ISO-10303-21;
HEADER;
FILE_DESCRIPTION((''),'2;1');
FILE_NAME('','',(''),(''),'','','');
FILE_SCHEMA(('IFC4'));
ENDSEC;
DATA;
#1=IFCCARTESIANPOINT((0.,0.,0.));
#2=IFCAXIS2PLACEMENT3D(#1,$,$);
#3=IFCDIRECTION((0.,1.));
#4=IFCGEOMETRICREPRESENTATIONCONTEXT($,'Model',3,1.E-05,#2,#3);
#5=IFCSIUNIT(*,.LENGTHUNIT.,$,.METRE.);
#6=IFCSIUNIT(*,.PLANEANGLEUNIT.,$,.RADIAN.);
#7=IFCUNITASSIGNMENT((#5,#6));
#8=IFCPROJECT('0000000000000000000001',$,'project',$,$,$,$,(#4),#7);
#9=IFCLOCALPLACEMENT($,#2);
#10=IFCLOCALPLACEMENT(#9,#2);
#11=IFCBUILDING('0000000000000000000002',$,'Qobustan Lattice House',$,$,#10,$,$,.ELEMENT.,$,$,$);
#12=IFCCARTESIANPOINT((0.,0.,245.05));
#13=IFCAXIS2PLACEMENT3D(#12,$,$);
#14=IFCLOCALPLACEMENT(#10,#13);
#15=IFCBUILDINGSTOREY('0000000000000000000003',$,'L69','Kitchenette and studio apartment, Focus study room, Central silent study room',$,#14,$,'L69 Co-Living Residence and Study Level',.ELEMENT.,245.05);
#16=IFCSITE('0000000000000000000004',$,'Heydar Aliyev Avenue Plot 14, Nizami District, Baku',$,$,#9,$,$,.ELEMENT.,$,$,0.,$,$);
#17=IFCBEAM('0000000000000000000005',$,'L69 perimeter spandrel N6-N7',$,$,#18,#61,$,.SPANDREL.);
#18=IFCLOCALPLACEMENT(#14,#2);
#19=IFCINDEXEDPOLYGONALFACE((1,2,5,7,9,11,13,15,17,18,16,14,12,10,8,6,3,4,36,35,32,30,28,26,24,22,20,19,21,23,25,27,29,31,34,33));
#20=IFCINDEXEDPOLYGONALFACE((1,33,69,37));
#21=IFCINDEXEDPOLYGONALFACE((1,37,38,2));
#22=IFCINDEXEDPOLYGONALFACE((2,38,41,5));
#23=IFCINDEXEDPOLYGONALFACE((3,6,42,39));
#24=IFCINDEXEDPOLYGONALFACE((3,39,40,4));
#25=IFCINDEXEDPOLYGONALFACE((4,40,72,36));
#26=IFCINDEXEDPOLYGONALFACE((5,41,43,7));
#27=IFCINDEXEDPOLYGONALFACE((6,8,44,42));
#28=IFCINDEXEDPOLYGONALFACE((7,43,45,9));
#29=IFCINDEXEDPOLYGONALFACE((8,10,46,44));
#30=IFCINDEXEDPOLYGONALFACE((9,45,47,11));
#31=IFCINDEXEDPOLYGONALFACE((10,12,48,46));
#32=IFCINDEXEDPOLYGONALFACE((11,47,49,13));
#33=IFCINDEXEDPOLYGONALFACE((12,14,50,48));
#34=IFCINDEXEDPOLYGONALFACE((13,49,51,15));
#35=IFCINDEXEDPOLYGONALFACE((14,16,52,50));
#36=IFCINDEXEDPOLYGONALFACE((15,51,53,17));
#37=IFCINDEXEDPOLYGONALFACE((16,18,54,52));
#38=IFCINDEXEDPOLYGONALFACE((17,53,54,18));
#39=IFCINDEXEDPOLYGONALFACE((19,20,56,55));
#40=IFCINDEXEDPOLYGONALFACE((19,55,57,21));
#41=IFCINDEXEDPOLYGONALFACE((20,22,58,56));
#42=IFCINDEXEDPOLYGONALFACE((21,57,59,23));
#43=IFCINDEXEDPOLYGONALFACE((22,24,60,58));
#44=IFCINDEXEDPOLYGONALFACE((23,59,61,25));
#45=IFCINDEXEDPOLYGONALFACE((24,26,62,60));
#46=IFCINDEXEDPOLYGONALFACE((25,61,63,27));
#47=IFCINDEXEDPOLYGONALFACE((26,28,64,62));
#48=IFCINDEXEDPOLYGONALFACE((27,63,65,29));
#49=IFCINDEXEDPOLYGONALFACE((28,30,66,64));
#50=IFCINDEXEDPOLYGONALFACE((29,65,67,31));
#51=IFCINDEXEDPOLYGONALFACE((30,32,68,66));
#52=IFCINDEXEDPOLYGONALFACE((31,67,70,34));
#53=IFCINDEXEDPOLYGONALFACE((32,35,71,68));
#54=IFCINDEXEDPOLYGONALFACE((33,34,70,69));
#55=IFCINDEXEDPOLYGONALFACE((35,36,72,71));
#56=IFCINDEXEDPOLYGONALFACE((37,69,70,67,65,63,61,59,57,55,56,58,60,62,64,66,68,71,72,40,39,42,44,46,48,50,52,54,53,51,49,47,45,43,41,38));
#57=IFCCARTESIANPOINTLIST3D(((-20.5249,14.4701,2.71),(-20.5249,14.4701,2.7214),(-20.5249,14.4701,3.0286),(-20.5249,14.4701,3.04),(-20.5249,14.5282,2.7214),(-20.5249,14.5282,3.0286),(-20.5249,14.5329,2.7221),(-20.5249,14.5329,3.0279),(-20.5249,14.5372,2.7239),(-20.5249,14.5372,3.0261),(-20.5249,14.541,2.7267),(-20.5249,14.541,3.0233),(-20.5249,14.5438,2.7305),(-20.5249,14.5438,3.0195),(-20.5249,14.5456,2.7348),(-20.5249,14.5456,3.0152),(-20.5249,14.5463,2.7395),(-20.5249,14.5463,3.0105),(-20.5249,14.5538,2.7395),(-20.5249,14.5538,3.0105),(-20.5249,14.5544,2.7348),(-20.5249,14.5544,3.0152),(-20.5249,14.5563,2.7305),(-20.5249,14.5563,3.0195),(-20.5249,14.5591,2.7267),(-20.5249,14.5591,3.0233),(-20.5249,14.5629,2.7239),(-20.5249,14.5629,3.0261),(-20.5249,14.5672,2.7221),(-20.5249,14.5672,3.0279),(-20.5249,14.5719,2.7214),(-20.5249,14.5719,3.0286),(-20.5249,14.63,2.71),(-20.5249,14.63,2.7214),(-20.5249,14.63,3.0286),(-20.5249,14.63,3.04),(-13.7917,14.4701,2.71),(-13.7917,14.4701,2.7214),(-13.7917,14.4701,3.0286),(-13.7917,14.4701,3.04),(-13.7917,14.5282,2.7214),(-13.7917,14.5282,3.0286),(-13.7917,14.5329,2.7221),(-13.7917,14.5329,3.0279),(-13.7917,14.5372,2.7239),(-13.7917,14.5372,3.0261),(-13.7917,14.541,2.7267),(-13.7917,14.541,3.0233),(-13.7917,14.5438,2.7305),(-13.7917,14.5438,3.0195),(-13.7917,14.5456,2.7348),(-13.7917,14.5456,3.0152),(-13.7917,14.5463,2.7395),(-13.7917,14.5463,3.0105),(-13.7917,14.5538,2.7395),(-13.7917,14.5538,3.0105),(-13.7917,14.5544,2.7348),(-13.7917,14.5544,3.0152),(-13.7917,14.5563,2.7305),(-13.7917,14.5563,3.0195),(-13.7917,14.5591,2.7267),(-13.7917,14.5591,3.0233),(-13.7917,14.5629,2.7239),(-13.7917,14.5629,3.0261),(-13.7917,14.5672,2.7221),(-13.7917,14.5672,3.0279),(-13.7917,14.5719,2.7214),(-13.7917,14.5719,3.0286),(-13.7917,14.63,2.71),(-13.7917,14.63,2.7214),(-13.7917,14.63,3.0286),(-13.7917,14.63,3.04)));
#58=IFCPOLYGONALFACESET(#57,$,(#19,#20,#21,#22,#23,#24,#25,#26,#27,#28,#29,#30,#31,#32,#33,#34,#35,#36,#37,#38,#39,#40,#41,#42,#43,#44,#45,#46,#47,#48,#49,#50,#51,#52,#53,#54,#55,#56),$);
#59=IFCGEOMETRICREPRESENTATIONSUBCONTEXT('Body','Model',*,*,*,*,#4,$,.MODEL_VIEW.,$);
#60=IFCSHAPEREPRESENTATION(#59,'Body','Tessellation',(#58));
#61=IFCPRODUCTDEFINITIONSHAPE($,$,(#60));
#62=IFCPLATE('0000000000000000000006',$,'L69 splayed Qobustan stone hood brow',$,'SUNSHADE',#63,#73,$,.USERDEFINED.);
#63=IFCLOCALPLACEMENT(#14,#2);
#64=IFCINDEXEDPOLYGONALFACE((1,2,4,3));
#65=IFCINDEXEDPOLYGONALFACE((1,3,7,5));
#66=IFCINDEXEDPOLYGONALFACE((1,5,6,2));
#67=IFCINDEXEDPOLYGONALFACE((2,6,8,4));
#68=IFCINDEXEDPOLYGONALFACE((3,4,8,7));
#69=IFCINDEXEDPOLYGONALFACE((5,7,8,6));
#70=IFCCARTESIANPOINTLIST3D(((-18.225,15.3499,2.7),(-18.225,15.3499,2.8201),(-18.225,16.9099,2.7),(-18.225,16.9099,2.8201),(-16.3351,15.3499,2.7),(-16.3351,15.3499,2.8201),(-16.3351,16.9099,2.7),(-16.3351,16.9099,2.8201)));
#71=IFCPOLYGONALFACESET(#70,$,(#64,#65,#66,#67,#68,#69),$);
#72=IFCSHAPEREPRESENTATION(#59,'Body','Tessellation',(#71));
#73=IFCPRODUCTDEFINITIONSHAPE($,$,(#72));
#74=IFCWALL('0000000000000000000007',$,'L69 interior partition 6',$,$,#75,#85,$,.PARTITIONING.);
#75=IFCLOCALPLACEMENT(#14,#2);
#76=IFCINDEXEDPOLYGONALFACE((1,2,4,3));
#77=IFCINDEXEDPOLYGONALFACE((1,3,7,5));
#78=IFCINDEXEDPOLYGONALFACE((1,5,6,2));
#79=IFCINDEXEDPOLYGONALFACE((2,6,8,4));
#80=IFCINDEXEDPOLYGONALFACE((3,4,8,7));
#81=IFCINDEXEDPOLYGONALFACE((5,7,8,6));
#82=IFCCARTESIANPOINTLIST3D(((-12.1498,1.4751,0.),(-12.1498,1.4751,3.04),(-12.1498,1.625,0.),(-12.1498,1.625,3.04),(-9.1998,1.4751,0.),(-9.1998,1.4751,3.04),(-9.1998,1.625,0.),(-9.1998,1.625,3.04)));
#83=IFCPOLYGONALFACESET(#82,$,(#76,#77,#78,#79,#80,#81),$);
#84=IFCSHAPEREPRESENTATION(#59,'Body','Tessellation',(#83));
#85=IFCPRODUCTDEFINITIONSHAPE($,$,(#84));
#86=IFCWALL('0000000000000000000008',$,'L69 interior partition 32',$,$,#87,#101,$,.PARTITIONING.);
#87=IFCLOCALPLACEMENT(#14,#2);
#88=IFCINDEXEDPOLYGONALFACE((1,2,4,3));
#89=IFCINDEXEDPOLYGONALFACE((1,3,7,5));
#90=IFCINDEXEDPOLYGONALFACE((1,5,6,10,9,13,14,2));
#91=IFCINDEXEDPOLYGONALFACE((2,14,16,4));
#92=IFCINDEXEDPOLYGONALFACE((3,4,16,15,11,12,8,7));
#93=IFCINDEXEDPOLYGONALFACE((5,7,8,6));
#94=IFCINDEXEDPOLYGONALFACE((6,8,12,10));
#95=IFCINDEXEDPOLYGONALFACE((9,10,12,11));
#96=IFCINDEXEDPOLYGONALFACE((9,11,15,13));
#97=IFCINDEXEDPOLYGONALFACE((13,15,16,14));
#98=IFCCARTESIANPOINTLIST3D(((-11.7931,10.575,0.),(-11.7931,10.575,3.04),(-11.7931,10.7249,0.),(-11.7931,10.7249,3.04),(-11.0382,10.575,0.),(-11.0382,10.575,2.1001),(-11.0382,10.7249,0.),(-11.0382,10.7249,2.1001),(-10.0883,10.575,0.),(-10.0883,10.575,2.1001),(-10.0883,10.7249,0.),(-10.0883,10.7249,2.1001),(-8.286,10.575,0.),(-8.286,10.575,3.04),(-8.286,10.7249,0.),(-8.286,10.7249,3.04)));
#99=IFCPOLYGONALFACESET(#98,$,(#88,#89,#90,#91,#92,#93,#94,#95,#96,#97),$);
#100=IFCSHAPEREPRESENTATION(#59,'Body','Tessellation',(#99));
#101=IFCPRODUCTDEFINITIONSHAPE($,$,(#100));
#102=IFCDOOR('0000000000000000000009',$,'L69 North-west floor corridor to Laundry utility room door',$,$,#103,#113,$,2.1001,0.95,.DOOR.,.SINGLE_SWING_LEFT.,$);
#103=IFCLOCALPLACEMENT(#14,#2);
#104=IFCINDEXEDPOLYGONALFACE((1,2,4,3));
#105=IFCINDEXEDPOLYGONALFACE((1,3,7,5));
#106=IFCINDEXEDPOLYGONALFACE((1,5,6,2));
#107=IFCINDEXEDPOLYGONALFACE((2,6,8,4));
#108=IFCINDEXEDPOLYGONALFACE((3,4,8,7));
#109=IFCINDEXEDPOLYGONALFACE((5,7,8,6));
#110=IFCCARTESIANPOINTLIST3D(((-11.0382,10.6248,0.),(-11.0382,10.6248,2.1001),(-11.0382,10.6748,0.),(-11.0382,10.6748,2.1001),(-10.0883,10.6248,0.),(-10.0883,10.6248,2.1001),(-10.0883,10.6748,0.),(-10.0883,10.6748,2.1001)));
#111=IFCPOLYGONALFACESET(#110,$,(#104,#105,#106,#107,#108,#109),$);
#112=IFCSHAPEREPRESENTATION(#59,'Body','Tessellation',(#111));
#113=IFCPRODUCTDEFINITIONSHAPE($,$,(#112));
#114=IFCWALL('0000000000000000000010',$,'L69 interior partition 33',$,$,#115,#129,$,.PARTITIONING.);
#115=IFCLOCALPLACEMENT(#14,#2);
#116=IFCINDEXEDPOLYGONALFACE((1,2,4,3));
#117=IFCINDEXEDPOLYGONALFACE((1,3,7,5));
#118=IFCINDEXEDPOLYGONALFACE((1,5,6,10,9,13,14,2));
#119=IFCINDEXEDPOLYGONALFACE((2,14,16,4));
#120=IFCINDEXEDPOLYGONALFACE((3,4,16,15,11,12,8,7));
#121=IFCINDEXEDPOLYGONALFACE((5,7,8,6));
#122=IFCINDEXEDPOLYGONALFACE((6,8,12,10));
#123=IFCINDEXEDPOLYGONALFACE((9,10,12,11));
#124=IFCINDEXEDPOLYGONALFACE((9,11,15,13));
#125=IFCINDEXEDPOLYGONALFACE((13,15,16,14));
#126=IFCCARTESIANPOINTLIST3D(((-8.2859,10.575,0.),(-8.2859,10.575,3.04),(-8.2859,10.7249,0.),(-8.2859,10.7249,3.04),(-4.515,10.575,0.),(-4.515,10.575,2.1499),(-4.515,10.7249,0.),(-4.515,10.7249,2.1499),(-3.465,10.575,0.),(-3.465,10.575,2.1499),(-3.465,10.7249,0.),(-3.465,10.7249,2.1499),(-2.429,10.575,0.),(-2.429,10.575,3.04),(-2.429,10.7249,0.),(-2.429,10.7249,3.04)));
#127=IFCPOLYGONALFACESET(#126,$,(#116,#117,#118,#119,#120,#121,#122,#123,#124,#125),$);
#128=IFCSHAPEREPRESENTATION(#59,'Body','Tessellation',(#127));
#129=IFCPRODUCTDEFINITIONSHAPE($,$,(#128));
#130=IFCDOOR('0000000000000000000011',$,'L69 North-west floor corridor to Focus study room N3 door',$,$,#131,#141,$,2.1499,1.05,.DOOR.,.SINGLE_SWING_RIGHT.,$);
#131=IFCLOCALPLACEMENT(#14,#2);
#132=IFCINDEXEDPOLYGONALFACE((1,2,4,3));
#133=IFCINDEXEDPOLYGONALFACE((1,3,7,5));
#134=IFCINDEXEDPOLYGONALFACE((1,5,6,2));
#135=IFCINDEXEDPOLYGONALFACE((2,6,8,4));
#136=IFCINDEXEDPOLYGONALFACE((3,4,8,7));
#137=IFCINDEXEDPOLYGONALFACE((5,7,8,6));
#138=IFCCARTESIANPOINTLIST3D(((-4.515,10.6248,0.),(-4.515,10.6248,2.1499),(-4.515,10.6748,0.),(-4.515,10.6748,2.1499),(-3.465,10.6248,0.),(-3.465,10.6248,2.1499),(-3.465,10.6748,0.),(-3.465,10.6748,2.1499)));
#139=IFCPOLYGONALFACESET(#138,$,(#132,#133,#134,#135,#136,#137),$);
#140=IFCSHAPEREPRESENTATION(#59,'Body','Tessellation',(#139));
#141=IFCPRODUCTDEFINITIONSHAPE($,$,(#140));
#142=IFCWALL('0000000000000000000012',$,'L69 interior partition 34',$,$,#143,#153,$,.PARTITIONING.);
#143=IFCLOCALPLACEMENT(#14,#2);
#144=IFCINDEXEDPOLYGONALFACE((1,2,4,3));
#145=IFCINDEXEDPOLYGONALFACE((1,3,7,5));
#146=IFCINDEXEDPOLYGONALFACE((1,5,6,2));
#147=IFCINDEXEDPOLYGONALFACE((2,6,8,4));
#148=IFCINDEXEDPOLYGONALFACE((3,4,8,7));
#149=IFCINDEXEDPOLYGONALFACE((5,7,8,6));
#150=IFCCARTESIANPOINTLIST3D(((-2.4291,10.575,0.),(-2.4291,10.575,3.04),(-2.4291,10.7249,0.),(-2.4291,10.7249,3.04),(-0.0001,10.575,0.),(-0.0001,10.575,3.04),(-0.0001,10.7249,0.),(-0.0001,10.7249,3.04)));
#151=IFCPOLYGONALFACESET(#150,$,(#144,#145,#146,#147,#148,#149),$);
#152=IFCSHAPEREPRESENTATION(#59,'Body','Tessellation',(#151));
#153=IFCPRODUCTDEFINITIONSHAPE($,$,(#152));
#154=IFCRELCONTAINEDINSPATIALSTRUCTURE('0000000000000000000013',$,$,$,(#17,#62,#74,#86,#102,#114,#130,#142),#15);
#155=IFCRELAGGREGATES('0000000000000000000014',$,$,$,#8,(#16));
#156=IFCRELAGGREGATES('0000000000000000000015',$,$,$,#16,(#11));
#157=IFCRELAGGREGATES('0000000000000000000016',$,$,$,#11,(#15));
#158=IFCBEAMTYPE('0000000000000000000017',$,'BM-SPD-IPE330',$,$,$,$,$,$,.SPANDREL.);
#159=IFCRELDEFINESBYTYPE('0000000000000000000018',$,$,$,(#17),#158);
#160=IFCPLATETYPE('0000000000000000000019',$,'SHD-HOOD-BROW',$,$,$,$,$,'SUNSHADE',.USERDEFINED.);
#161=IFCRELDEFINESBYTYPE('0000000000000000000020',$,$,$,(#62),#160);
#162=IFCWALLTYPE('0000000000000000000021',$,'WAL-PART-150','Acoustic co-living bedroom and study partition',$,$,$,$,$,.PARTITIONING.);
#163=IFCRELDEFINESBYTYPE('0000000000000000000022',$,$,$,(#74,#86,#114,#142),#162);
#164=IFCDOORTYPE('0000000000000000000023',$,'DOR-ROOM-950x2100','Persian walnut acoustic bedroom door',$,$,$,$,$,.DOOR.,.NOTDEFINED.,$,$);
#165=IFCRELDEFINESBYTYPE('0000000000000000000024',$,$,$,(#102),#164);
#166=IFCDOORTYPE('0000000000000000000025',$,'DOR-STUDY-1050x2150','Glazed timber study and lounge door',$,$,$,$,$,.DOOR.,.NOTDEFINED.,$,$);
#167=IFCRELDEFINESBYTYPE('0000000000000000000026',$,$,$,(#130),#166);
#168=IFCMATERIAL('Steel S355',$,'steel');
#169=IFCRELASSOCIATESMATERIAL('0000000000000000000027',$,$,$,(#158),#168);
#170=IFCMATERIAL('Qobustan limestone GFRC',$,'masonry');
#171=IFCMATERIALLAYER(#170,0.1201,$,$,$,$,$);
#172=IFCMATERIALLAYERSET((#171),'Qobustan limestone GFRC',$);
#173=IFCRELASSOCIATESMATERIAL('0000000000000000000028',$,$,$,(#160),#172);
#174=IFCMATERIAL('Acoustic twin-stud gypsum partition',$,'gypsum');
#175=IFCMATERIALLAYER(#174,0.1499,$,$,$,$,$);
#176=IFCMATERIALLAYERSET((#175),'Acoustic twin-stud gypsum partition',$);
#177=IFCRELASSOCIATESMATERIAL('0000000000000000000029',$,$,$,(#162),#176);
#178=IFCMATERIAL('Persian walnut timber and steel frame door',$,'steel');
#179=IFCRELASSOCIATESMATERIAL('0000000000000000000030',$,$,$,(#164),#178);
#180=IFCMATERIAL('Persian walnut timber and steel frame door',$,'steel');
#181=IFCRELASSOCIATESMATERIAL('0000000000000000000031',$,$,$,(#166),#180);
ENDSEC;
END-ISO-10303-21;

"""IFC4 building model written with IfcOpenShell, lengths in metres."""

from ifc_helpers import new_model, si_unit, direction, frame, frame_2d, origin, origin_2d, place, context, subcontext, project, spatial, rectangle, i_section, extrude, material, layer, layer_set, material_profile, profile_set, type_object, element, fill, save


model = new_model("IFC4")

# Units and contexts
model_context = context("Model", 3, precision=1e-05, world=origin(), true_north=direction((0.0, 1.0)))
body_context = subcontext(model_context, "Body", "Model", "MODEL_VIEW")
ifc_project = project(units=[si_unit("LENGTHUNIT", "METRE"), si_unit("PLANEANGLEUNIT", "RADIAN")], contexts=[model_context])

# Site, building, storey
site_placement = place(None, origin())
site = spatial("IfcSite", under=ifc_project, at=site_placement, Name="Heydar Aliyev Avenue Plot 14, Nizami District, Baku", CompositionType="ELEMENT", RefElevation=0.0)
building_placement = place(site_placement, origin())
building = spatial("IfcBuilding", under=site, at=building_placement, Name="Qobustan Lattice House", CompositionType="ELEMENT")
storey_placement = place(building_placement, frame((0.0, 0.0, 245.05)))
storey = spatial("IfcBuildingStorey", under=building, at=storey_placement, Name="L69", Description="Kitchenette and studio apartment, Focus study room, Central silent study room", LongName="L69 Co-Living Residence and Study Level", CompositionType="ELEMENT", Elevation=245.05)

# Beam
ifc_material_1 = material(Name="Steel S355", Category="steel")
ifc_material_profile_1 = material_profile(ifc_material_1, i_section(OverallWidth=0.1599, OverallDepth=0.3301, WebThickness=0.0076, FlangeThickness=0.0115, FilletRadius=0.0181, at=origin_2d()), Name="IPE330")
ifc_profile_set_1 = profile_set([ifc_material_profile_1], Name="Steel S355")
beam_type_1 = type_object("IfcBeamType", Name="BM-SPD-IPE330", PredefinedType="SPANDREL", material=ifc_profile_set_1)
beam_1_placement = place(storey_placement, frame((-13.7917, 14.55, 2.875), z_axis=(-1.0, 0.0, 0.0), x_axis=(0.0, -1.0, 0.0)))
element("IfcBeam", 1, at=beam_1_placement, inside=storey, type_object=beam_type_1, Name="L69 perimeter spandrel N6-N7", PredefinedType="SPANDREL", context=body_context, shape_type="SweptSolid", body=[
    extrude(i_section(OverallWidth=0.1599, OverallDepth=0.3301, WebThickness=0.0076, FlangeThickness=0.0115, FilletRadius=0.0181, at=origin_2d()), origin(), (0.0, 0.0, 1.0), 6.7332),
])

# Plate
ifc_material_2 = material(Name="Qobustan limestone GFRC", Category="masonry")
ifc_layer_1 = layer(ifc_material_2, 0.1201)
ifc_layer_set_1 = layer_set([ifc_layer_1], Name="Qobustan limestone GFRC")
plate_type = type_object("IfcPlateType", Name="SHD-HOOD-BROW", ElementType="SUNSHADE", PredefinedType="USERDEFINED", material=ifc_layer_set_1)
plate_placement = place(storey_placement, frame((-17.28, 16.1299, 2.7), z_axis=(0.0, 0.0, 1.0), x_axis=(1.0, 0.0, 0.0)))
element("IfcPlate", 2, at=plate_placement, inside=storey, type_object=plate_type, Name="L69 splayed Qobustan stone hood brow", ObjectType="SUNSHADE", PredefinedType="USERDEFINED", context=body_context, shape_type="SweptSolid", body=[
    extrude(rectangle(XDim=1.8899, YDim=1.5601, at=origin_2d()), origin(), (0.0, 0.0, 1.0), 0.1201),
])

# Wall
ifc_material_3 = material(Name="Acoustic twin-stud gypsum partition", Category="gypsum")
ifc_layer_2 = layer(ifc_material_3, 0.1499)
ifc_layer_set_2 = layer_set([ifc_layer_2], Name="Acoustic twin-stud gypsum partition")
wall_type_1 = type_object("IfcWallType", Name="WAL-PART-150", Description="Acoustic co-living bedroom and study partition", PredefinedType="PARTITIONING", material=ifc_layer_set_2)
wall_1_placement = place(storey_placement, frame((-12.1499, 1.55, 0.0), z_axis=(0.0, 0.0, 1.0), x_axis=(1.0, 0.0, 0.0)))
element("IfcWall", 3, at=wall_1_placement, inside=storey, type_object=wall_type_1, Name="L69 interior partition 6", PredefinedType="PARTITIONING", context=body_context, shape_type="SweptSolid", body=[
    extrude(rectangle(XDim=2.95, YDim=0.1499, at=frame_2d((1.4751, 0.0))), origin(), (0.0, 0.0, 1.0), 3.04),
])

# Walls, openings, doors
wall_2_placement = place(storey_placement, frame((-11.793, 10.6499, 0.0), z_axis=(0.0, 0.0, 1.0), x_axis=(1.0, 0.0, 0.0)))
wall_2 = element("IfcWall", 4, at=wall_2_placement, inside=storey, type_object=wall_type_1, Name="L69 interior partition 32", PredefinedType="PARTITIONING", context=body_context, shape_type="SweptSolid", body=[
    extrude(rectangle(XDim=3.5071, YDim=0.1499, at=frame_2d((1.7534, 0.0))), origin(), (0.0, 0.0, 1.0), 3.04),
])
opening_1_placement = place(wall_2_placement, frame((0.7546, 0.0, 0.0)))
opening_1 = element("IfcOpeningElement", 5, at=opening_1_placement, cuts=wall_2, PredefinedType="OPENING", context=body_context, shape_type="SweptSolid", body=[
    extrude(rectangle(XDim=0.95, YDim=2.1001, at=frame_2d((0.4751, 1.05))), frame((0.0, 0.085, 0.0), z_axis=(0.0, -1.0, 0.0), x_axis=(1.0, 0.0, 0.0)), (0.0, 0.0, 1.0), 0.1699),
])
ifc_material_4 = material(Name="Persian walnut timber and steel frame door", Category="steel")
door_type_1 = type_object("IfcDoorType", Name="DOR-ROOM-950x2100", Description="Persian walnut acoustic bedroom door", OperationType="NOTDEFINED", PredefinedType="DOOR", material=ifc_material_4)
door_1_placement = place(opening_1_placement, origin())
door_1 = element("IfcDoor", 6, at=door_1_placement, inside=storey, type_object=door_type_1, Name="L69 North-west floor corridor to Laundry utility room door", OperationType="SINGLE_SWING_LEFT", OverallHeight=2.1001, OverallWidth=0.95, PredefinedType="DOOR", context=body_context, shape_type="SweptSolid", body=[
    extrude(rectangle(XDim=0.95, YDim=2.1001, at=frame_2d((0.4751, 1.05))), frame((0.0, 0.0249, 0.0), z_axis=(0.0, -1.0, 0.0), x_axis=(1.0, 0.0, 0.0)), (0.0, 0.0, 1.0), 0.05),
])
fill(opening_1, door_1)
wall_3_placement = place(storey_placement, frame((-8.2859, 10.6499, 0.0), z_axis=(0.0, 0.0, 1.0), x_axis=(1.0, 0.0, 0.0)))
wall_3 = element("IfcWall", 7, at=wall_3_placement, inside=storey, type_object=wall_type_1, Name="L69 interior partition 33", PredefinedType="PARTITIONING", context=body_context, shape_type="SweptSolid", body=[
    extrude(rectangle(XDim=5.8569, YDim=0.1499, at=frame_2d((2.9285, 0.0))), origin(), (0.0, 0.0, 1.0), 3.04),
])
opening_2_placement = place(wall_3_placement, frame((3.771, 0.0, 0.0)))
opening_2 = element("IfcOpeningElement", 8, at=opening_2_placement, cuts=wall_3, PredefinedType="OPENING", context=body_context, shape_type="SweptSolid", body=[
    extrude(rectangle(XDim=1.05, YDim=2.1499, at=frame_2d((0.5249, 1.075))), frame((0.0, 0.085, 0.0), z_axis=(0.0, -1.0, 0.0), x_axis=(1.0, 0.0, 0.0)), (0.0, 0.0, 1.0), 0.1699),
])
ifc_material_5 = material(Name="Persian walnut timber and steel frame door", Category="steel")
door_type_2 = type_object("IfcDoorType", Name="DOR-STUDY-1050x2150", Description="Glazed timber study and lounge door", OperationType="NOTDEFINED", PredefinedType="DOOR", material=ifc_material_5)
door_2_placement = place(opening_2_placement, origin())
door_2 = element("IfcDoor", 9, at=door_2_placement, inside=storey, type_object=door_type_2, Name="L69 North-west floor corridor to Focus study room N3 door", OperationType="SINGLE_SWING_RIGHT", OverallHeight=2.1499, OverallWidth=1.05, PredefinedType="DOOR", context=body_context, shape_type="SweptSolid", body=[
    extrude(rectangle(XDim=1.05, YDim=2.1499, at=frame_2d((0.5249, 1.075))), frame((0.0, 0.0249, 0.0), z_axis=(0.0, -1.0, 0.0), x_axis=(1.0, 0.0, 0.0)), (0.0, 0.0, 1.0), 0.05),
])
fill(opening_2, door_2)

# Wall
wall_4_placement = place(storey_placement, frame((-2.429, 10.6499, 0.0), z_axis=(0.0, 0.0, 1.0), x_axis=(1.0, 0.0, 0.0)))
element("IfcWall", 10, at=wall_4_placement, inside=storey, type_object=wall_type_1, Name="L69 interior partition 34", PredefinedType="PARTITIONING", context=body_context, shape_type="SweptSolid", body=[
    extrude(rectangle(XDim=2.429, YDim=0.1499, at=frame_2d((1.2144, 0.0))), origin(), (0.0, 0.0, 1.0), 3.04),
])

save(model, "model.ifc")
